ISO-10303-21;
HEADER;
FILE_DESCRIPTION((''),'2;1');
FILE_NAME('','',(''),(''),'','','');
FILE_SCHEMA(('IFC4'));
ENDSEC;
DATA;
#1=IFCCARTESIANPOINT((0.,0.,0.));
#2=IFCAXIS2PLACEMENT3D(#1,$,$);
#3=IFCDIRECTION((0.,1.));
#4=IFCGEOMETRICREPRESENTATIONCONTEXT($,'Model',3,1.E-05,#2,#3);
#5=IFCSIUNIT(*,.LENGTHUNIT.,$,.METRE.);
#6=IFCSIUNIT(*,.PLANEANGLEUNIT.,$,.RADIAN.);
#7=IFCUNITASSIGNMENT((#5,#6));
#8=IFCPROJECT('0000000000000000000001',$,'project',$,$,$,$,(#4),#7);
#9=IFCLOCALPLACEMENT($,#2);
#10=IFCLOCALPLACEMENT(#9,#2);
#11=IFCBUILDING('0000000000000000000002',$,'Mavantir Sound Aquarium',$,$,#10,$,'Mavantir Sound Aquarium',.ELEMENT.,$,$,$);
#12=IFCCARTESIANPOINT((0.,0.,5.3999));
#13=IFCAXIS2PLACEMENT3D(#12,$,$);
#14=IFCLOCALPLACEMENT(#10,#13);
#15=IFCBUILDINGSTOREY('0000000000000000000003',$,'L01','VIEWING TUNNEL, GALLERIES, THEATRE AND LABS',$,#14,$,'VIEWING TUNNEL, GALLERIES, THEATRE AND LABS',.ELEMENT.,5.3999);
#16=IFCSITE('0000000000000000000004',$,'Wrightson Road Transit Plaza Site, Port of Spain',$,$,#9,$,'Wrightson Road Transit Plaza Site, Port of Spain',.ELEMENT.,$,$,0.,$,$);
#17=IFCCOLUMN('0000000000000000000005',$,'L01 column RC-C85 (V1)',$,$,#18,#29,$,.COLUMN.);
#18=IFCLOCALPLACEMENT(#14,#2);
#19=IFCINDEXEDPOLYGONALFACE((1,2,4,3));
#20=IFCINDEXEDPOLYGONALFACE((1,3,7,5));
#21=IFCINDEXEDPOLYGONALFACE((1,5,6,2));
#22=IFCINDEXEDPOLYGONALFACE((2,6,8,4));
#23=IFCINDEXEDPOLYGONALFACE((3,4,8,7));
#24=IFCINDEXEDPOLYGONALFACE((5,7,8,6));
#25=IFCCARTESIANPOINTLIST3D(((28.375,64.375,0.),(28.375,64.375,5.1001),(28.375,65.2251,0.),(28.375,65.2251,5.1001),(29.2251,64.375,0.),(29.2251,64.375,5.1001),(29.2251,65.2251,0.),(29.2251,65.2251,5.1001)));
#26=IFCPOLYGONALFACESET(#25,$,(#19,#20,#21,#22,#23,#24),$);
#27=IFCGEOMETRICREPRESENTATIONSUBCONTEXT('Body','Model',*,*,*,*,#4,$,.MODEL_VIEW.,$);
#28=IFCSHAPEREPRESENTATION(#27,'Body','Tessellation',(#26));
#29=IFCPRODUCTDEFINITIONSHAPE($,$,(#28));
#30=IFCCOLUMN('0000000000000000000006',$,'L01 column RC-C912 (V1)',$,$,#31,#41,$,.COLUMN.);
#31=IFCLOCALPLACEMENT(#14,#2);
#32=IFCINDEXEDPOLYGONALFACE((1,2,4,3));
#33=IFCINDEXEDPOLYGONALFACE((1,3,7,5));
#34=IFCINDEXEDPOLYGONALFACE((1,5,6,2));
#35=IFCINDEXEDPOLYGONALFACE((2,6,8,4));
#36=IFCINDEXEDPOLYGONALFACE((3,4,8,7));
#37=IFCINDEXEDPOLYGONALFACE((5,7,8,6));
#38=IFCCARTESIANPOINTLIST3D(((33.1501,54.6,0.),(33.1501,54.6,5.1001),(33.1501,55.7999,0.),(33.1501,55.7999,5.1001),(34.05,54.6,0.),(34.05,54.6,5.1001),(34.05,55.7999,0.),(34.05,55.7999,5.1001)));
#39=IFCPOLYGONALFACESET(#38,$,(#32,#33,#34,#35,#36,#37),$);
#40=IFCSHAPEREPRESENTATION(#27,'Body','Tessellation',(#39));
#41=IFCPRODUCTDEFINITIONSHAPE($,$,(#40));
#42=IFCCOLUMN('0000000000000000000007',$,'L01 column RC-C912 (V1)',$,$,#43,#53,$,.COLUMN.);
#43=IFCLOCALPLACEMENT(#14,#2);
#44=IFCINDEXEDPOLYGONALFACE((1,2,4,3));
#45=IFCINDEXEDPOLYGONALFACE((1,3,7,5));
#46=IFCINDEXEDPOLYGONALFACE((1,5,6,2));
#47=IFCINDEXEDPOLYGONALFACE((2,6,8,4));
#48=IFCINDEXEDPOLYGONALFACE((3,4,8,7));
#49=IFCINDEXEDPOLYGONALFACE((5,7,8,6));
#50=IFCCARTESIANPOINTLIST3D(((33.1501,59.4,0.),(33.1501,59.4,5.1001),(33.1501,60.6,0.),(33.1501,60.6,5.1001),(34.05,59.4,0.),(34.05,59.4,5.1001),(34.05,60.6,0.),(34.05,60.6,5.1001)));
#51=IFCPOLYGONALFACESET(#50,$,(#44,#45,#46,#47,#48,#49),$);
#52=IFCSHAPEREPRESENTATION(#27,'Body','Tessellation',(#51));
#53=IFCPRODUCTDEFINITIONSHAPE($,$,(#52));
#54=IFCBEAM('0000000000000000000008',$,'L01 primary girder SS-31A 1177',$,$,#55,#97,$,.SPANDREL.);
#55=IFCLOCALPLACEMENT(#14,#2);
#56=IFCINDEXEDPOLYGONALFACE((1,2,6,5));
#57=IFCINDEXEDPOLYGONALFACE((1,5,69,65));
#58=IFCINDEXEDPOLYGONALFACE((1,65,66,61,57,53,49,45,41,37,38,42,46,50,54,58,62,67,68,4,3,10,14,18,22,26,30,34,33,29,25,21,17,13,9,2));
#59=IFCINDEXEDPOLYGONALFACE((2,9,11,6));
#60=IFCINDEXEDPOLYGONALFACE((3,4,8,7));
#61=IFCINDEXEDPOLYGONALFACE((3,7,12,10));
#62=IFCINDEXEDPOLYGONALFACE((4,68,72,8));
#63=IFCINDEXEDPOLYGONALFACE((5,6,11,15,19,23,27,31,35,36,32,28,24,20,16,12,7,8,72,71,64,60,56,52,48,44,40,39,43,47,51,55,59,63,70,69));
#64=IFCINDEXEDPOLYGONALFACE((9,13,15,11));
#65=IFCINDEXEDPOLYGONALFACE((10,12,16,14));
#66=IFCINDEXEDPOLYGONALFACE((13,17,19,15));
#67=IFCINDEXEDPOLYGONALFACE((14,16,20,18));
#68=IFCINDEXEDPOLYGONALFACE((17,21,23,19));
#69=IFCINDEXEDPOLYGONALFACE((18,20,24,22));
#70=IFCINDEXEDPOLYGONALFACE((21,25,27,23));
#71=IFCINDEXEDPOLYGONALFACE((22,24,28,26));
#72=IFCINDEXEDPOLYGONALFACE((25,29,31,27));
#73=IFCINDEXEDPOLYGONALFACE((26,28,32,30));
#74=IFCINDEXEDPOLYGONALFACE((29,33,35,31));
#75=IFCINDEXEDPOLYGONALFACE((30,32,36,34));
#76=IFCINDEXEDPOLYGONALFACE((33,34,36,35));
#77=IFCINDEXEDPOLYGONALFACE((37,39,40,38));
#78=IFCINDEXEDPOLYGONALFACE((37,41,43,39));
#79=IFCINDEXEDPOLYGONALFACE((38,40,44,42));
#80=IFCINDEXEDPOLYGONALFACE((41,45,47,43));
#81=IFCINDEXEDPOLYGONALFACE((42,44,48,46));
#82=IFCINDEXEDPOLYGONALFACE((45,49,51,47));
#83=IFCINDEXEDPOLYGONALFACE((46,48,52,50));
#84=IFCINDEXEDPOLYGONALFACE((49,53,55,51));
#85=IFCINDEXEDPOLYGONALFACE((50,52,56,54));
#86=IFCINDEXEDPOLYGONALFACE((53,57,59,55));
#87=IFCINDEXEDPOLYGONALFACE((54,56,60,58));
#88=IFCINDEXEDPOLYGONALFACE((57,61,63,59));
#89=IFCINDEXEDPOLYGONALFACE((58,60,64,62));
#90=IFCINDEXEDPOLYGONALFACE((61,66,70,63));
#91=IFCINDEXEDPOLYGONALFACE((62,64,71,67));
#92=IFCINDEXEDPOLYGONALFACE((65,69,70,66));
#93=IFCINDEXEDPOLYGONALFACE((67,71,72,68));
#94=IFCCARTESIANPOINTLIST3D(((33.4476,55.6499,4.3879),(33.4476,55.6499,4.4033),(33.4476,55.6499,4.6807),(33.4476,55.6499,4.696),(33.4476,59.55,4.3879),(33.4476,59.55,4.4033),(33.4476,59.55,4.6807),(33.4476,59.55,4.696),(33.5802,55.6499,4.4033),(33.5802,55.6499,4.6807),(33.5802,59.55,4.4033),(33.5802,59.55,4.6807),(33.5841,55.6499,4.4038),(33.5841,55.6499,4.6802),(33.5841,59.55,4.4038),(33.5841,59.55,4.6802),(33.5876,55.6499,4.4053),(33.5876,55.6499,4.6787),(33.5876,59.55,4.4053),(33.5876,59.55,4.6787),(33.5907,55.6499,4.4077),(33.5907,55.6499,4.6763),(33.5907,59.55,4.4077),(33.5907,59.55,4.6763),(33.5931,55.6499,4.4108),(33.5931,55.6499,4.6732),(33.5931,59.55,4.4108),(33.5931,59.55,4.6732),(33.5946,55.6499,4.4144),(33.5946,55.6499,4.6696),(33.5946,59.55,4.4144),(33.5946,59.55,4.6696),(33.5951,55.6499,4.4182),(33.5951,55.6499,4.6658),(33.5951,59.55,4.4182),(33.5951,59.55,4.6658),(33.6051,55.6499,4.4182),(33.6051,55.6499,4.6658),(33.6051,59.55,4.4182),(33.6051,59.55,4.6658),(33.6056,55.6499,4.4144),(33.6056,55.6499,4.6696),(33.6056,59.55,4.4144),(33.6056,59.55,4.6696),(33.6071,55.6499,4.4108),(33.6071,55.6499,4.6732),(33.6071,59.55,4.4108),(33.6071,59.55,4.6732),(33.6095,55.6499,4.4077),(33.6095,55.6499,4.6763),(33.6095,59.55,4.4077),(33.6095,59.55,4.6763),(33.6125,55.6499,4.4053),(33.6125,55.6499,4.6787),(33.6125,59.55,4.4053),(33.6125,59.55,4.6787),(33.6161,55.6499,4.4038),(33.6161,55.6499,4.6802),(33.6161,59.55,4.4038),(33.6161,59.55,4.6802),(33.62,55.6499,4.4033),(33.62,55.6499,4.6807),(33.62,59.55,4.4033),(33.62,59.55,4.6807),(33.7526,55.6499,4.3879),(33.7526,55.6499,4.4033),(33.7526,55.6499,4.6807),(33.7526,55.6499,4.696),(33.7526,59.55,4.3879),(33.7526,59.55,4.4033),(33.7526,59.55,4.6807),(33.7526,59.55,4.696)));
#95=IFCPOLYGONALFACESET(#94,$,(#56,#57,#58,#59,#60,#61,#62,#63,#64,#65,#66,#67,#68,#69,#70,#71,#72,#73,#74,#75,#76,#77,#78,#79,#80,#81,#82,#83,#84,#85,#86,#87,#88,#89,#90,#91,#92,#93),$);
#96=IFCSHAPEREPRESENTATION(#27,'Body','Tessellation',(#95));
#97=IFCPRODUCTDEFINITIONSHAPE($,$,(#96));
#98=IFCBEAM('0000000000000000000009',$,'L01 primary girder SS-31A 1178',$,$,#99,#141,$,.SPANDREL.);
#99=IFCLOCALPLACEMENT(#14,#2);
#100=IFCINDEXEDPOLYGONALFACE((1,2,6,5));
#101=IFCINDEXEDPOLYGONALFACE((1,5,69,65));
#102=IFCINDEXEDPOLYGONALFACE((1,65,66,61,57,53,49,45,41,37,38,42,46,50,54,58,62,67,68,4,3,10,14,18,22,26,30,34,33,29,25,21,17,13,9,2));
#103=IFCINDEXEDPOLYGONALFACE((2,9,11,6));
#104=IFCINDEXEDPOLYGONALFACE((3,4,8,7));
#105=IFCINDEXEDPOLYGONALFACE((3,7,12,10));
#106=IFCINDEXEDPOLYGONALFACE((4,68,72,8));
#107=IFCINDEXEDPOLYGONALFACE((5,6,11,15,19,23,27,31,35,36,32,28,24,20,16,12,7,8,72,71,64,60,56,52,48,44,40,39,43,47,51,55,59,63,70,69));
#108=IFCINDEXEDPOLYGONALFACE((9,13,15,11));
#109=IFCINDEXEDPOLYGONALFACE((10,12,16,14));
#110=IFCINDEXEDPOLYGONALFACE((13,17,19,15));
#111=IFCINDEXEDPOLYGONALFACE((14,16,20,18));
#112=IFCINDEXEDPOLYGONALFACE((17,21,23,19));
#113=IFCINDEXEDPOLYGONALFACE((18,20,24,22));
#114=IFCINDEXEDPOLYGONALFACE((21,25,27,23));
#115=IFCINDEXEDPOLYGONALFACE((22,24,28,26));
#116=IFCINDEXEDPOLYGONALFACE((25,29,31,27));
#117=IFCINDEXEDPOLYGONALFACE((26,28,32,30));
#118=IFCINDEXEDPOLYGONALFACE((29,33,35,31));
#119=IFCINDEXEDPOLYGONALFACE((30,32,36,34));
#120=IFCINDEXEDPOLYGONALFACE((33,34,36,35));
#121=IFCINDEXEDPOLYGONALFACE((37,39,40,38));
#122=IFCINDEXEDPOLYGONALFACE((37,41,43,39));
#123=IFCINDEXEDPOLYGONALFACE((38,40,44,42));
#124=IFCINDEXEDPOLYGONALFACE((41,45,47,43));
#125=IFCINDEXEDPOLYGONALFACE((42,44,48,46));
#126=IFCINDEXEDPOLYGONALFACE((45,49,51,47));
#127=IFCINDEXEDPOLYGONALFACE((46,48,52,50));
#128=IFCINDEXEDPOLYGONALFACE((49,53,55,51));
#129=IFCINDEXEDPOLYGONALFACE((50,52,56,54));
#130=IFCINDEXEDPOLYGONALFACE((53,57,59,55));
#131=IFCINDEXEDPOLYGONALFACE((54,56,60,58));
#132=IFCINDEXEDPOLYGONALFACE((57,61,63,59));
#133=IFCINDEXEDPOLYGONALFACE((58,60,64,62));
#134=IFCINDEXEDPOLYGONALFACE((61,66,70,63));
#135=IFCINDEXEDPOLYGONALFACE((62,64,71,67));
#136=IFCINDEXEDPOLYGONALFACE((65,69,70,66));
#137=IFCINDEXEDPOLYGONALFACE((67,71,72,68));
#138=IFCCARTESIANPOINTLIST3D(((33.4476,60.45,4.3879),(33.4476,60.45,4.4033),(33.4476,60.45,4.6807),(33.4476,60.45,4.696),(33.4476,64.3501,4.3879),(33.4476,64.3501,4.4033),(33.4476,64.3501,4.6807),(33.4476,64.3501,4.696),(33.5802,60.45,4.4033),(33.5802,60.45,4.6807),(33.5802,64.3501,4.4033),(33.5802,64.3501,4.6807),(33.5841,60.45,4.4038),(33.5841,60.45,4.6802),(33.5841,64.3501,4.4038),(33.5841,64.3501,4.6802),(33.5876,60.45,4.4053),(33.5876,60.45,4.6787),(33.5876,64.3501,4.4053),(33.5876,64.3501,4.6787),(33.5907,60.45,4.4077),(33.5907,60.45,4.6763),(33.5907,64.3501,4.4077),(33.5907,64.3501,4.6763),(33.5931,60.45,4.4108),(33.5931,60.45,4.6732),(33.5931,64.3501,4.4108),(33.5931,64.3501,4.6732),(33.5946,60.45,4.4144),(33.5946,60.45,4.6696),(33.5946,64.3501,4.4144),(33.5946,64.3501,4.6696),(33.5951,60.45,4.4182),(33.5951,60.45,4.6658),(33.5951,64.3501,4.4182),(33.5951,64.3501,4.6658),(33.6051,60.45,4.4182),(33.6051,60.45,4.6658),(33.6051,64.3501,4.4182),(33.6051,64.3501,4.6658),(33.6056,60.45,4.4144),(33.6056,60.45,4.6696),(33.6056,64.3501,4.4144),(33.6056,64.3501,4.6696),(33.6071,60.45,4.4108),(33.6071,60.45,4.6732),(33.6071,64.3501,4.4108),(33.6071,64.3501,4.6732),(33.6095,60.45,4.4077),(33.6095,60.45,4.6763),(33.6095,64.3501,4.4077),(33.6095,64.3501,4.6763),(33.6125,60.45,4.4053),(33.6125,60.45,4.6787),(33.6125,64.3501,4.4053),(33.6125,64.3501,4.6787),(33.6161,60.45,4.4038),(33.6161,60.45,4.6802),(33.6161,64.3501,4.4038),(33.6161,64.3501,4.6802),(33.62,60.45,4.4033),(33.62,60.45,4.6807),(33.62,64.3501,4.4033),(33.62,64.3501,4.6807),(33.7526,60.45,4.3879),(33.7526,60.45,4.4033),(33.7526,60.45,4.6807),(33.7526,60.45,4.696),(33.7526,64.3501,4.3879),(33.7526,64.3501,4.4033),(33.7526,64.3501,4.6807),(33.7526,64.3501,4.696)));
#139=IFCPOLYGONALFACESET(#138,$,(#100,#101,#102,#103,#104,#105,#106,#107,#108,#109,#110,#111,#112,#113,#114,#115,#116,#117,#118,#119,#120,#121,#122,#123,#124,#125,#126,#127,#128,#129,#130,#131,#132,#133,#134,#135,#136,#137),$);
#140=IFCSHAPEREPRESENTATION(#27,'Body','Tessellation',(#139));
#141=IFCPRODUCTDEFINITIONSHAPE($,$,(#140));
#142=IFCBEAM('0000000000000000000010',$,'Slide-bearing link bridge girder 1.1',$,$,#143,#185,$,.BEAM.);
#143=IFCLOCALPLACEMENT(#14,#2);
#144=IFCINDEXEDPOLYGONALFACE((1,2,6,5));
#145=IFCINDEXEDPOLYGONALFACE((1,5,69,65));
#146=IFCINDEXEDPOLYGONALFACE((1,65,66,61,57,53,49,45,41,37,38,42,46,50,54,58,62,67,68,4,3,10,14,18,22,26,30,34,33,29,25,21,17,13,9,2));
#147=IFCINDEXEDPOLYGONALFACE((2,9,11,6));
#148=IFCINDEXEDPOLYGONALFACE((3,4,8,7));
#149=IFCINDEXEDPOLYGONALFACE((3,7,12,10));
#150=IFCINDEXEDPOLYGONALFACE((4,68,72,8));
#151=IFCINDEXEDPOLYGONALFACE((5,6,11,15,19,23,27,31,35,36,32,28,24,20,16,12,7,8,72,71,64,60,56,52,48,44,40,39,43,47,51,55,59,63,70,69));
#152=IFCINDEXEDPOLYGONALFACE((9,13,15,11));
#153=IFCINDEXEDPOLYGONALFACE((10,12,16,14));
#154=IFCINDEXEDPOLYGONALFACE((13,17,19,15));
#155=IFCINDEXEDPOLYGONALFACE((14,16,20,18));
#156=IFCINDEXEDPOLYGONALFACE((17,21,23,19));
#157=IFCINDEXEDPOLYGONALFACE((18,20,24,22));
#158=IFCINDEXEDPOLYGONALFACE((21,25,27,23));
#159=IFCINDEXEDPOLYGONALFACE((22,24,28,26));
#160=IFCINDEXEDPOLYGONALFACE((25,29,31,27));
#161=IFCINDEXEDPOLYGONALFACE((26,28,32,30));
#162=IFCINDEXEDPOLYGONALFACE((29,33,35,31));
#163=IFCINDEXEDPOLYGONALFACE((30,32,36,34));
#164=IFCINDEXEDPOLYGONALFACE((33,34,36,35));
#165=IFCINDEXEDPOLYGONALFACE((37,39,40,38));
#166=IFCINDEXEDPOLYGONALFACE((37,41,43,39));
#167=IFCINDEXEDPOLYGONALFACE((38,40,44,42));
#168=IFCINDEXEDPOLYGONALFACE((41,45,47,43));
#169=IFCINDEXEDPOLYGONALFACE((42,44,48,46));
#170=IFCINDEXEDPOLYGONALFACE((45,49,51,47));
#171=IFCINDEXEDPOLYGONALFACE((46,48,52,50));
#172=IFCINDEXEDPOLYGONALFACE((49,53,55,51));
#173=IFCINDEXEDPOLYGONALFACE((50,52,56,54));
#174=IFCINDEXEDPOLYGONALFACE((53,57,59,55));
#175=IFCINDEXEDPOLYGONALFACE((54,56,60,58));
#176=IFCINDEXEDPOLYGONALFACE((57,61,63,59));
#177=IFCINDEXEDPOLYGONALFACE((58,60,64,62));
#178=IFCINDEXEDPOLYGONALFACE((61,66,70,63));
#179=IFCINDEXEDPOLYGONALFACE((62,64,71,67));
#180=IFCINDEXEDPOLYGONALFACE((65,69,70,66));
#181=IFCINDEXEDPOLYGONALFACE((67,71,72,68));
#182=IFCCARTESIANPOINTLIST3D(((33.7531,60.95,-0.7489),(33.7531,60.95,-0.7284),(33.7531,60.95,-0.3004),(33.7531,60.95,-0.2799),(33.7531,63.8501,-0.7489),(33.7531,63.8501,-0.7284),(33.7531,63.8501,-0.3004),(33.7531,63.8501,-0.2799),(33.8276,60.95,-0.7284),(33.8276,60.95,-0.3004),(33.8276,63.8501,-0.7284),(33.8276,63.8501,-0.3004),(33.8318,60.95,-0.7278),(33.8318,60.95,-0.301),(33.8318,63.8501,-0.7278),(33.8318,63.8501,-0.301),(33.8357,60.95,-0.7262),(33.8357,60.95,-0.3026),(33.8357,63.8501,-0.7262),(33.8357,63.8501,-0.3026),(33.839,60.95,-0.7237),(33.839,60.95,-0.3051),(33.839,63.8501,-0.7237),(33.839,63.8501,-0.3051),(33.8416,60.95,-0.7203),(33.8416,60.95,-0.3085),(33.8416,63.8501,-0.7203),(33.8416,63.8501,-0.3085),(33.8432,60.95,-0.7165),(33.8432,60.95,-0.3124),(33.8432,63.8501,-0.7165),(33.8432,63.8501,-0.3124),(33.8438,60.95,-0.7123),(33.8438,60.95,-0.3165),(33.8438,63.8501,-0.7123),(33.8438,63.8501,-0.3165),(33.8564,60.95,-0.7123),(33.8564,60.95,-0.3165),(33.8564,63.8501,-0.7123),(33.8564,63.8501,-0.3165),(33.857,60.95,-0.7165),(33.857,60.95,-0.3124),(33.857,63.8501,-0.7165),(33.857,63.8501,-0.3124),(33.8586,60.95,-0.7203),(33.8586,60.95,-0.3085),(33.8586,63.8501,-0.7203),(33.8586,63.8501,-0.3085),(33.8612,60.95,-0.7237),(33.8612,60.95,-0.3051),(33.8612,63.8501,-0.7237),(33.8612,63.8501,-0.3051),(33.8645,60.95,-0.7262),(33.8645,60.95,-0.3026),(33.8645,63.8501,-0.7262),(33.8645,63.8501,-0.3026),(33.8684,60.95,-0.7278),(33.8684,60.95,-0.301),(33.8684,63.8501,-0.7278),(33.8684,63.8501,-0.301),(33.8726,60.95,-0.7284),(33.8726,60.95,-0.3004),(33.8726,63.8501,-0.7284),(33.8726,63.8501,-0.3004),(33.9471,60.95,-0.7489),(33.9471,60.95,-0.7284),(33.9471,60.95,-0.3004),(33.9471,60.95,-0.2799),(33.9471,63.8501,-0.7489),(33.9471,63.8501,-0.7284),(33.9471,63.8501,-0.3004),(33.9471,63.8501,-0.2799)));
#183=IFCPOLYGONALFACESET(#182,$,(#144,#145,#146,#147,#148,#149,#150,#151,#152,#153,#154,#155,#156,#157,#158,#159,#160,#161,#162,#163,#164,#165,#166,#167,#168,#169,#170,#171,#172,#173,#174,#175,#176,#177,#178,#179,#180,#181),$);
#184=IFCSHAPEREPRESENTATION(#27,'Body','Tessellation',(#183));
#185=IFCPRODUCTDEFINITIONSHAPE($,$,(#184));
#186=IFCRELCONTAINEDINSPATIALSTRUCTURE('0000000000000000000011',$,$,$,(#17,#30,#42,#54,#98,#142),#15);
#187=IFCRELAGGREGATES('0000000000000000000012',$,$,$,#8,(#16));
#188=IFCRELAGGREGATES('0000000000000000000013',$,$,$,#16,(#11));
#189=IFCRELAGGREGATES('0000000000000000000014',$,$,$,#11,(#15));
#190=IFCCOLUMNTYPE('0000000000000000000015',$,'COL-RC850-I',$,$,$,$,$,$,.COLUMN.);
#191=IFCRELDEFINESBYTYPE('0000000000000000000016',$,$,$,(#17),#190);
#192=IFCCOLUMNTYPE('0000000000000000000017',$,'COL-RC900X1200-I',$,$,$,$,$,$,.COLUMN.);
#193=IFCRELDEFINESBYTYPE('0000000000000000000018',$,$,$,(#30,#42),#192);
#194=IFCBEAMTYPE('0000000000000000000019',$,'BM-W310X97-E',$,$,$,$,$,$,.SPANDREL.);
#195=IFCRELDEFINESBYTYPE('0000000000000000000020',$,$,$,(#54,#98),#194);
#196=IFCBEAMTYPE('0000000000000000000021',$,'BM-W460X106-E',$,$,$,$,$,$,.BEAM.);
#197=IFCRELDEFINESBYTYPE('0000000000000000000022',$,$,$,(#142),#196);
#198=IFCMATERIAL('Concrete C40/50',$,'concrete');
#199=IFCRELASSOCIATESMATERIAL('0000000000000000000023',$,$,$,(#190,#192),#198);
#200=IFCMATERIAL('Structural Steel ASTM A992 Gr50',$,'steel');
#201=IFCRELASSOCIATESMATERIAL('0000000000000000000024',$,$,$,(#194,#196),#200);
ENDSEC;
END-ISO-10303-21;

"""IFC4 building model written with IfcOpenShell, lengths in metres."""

from ifc_helpers import new_model, si_unit, direction, frame, origin, origin_2d, place, context, subcontext, project, spatial, rectangle, i_section, extrude, material, material_profile, profile_set, type_object, element, save


model = new_model("IFC4")

# Units and contexts
model_context = context("Model", 3, precision=1e-05, world=origin(), true_north=direction((0.0, 1.0)))
body_context = subcontext(model_context, "Body", "Model", "MODEL_VIEW")
ifc_project = project(units=[si_unit("LENGTHUNIT", "METRE"), si_unit("PLANEANGLEUNIT", "RADIAN")], contexts=[model_context])

# Site, building, storey
site_placement = place(None, origin())
site = spatial("IfcSite", under=ifc_project, at=site_placement, Name="Wrightson Road Transit Plaza Site, Port of Spain", LongName="Wrightson Road Transit Plaza Site, Port of Spain", CompositionType="ELEMENT", RefElevation=0.0)
building_placement = place(site_placement, origin())
building = spatial("IfcBuilding", under=site, at=building_placement, Name="Mavantir Sound Aquarium", LongName="Mavantir Sound Aquarium", CompositionType="ELEMENT")
storey_placement = place(building_placement, frame((0.0, 0.0, 5.3999)))
storey = spatial("IfcBuildingStorey", under=building, at=storey_placement, Name="L01", Description="VIEWING TUNNEL, GALLERIES, THEATRE AND LABS", LongName="VIEWING TUNNEL, GALLERIES, THEATRE AND LABS", CompositionType="ELEMENT", Elevation=5.3999)

# Columns
ifc_material_1 = material(Name="Concrete C40/50", Category="concrete")
ifc_material_profile_1 = material_profile(ifc_material_1, rectangle(XDim=0.8501, YDim=0.8501, at=origin_2d()), Name="RC 850X850")
ifc_profile_set_1 = profile_set([ifc_material_profile_1], Name="Concrete C40/50")
column_type_1 = type_object("IfcColumnType", Name="COL-RC850-I", PredefinedType="COLUMN", material=ifc_profile_set_1)
column_placement = place(storey_placement, frame((28.8, 64.8, 0.0), z_axis=(0.0, 0.0, 1.0), x_axis=(1.0, 0.0, 0.0)))
element("IfcColumn", 1, at=column_placement, inside=storey, type_object=column_type_1, Name="L01 column RC-C85 (V1)", PredefinedType="COLUMN", context=body_context, shape_type="SweptSolid", body=[
    extrude(rectangle(XDim=0.8501, YDim=0.8501, at=origin_2d()), origin(), (0.0, 0.0, 1.0), 5.1001),
])
ifc_material_profile_2 = material_profile(ifc_material_1, rectangle(XDim=0.8999, YDim=1.2, at=origin_2d()), Name="RC 900X1200")
ifc_profile_set_2 = profile_set([ifc_material_profile_2], Name="Concrete C40/50")
column_type_2 = type_object("IfcColumnType", Name="COL-RC900X1200-I", PredefinedType="COLUMN", material=ifc_profile_set_2)
for number, where, z_axis, x_axis, name in (
    (2, (33.6001, 55.2, 0.0), (0.0, 0.0, 1.0), (1.0, 0.0, 0.0), "L01 column RC-C912 (V1)"),
    (3, (33.6001, 60.0, 0.0), (0.0, 0.0, 1.0), (1.0, 0.0, 0.0), "L01 column RC-C912 (V1)"),
):
    element("IfcColumn", number, at=place(storey_placement, frame(where, z_axis=z_axis, x_axis=x_axis)), inside=storey, type_object=column_type_2, Name=name, PredefinedType="COLUMN", context=body_context, shape_type="SweptSolid", body=[
        extrude(rectangle(XDim=0.8999, YDim=1.2, at=origin_2d()), origin(), (0.0, 0.0, 1.0), 5.1001),
    ])

# Beams
ifc_material_2 = material(Name="Structural Steel ASTM A992 Gr50", Category="steel")
ifc_material_profile_3 = material_profile(ifc_material_2, i_section(OverallWidth=0.3049, OverallDepth=0.3081, WebThickness=0.01, FlangeThickness=0.0154, FilletRadius=0.0149, at=origin_2d()), Name="W310X97")
ifc_profile_set_3 = profile_set([ifc_material_profile_3], Name="Structural Steel ASTM A992 Gr50")
beam_type_1 = type_object("IfcBeamType", Name="BM-W310X97-E", PredefinedType="SPANDREL", material=ifc_profile_set_3)
for number, where, z_axis, x_axis, name in (
    (4, (33.6001, 55.6499, 4.542), (0.0, 1.0, 0.0), (-1.0, 0.0, 0.0), "L01 primary girder SS-31A 1177"),
    (5, (33.6001, 60.45, 4.542), (0.0, 1.0, 0.0), (-1.0, 0.0, 0.0), "L01 primary girder SS-31A 1178"),
):
    element("IfcBeam", number, at=place(storey_placement, frame(where, z_axis=z_axis, x_axis=x_axis)), inside=storey, type_object=beam_type_1, Name=name, PredefinedType="SPANDREL", context=body_context, shape_type="SweptSolid", body=[
        extrude(i_section(OverallWidth=0.3049, OverallDepth=0.3081, WebThickness=0.01, FlangeThickness=0.0154, FilletRadius=0.0149, at=origin_2d()), origin(), (0.0, 0.0, 1.0), 3.9001),
    ])
ifc_material_profile_4 = material_profile(ifc_material_2, i_section(OverallWidth=0.1941, OverallDepth=0.469, WebThickness=0.0127, FlangeThickness=0.0205, FilletRadius=0.0161, at=origin_2d()), Name="W460X106")
ifc_profile_set_4 = profile_set([ifc_material_profile_4], Name="Structural Steel ASTM A992 Gr50")
beam_type_2 = type_object("IfcBeamType", Name="BM-W460X106-E", PredefinedType="BEAM", material=ifc_profile_set_4)
beam_1_placement = place(storey_placement, frame((33.8501, 60.95, -0.5144), z_axis=(0.0, 1.0, 0.0), x_axis=(-1.0, 0.0, 0.0)))
element("IfcBeam", 6, at=beam_1_placement, inside=storey, type_object=beam_type_2, Name="Slide-bearing link bridge girder 1.1", PredefinedType="BEAM", context=body_context, shape_type="SweptSolid", body=[
    extrude(i_section(OverallWidth=0.1941, OverallDepth=0.469, WebThickness=0.0127, FlangeThickness=0.0205, FilletRadius=0.0161, at=origin_2d()), origin(), (0.0, 0.0, 1.0), 2.9001),
])

save(model, "model.ifc")
